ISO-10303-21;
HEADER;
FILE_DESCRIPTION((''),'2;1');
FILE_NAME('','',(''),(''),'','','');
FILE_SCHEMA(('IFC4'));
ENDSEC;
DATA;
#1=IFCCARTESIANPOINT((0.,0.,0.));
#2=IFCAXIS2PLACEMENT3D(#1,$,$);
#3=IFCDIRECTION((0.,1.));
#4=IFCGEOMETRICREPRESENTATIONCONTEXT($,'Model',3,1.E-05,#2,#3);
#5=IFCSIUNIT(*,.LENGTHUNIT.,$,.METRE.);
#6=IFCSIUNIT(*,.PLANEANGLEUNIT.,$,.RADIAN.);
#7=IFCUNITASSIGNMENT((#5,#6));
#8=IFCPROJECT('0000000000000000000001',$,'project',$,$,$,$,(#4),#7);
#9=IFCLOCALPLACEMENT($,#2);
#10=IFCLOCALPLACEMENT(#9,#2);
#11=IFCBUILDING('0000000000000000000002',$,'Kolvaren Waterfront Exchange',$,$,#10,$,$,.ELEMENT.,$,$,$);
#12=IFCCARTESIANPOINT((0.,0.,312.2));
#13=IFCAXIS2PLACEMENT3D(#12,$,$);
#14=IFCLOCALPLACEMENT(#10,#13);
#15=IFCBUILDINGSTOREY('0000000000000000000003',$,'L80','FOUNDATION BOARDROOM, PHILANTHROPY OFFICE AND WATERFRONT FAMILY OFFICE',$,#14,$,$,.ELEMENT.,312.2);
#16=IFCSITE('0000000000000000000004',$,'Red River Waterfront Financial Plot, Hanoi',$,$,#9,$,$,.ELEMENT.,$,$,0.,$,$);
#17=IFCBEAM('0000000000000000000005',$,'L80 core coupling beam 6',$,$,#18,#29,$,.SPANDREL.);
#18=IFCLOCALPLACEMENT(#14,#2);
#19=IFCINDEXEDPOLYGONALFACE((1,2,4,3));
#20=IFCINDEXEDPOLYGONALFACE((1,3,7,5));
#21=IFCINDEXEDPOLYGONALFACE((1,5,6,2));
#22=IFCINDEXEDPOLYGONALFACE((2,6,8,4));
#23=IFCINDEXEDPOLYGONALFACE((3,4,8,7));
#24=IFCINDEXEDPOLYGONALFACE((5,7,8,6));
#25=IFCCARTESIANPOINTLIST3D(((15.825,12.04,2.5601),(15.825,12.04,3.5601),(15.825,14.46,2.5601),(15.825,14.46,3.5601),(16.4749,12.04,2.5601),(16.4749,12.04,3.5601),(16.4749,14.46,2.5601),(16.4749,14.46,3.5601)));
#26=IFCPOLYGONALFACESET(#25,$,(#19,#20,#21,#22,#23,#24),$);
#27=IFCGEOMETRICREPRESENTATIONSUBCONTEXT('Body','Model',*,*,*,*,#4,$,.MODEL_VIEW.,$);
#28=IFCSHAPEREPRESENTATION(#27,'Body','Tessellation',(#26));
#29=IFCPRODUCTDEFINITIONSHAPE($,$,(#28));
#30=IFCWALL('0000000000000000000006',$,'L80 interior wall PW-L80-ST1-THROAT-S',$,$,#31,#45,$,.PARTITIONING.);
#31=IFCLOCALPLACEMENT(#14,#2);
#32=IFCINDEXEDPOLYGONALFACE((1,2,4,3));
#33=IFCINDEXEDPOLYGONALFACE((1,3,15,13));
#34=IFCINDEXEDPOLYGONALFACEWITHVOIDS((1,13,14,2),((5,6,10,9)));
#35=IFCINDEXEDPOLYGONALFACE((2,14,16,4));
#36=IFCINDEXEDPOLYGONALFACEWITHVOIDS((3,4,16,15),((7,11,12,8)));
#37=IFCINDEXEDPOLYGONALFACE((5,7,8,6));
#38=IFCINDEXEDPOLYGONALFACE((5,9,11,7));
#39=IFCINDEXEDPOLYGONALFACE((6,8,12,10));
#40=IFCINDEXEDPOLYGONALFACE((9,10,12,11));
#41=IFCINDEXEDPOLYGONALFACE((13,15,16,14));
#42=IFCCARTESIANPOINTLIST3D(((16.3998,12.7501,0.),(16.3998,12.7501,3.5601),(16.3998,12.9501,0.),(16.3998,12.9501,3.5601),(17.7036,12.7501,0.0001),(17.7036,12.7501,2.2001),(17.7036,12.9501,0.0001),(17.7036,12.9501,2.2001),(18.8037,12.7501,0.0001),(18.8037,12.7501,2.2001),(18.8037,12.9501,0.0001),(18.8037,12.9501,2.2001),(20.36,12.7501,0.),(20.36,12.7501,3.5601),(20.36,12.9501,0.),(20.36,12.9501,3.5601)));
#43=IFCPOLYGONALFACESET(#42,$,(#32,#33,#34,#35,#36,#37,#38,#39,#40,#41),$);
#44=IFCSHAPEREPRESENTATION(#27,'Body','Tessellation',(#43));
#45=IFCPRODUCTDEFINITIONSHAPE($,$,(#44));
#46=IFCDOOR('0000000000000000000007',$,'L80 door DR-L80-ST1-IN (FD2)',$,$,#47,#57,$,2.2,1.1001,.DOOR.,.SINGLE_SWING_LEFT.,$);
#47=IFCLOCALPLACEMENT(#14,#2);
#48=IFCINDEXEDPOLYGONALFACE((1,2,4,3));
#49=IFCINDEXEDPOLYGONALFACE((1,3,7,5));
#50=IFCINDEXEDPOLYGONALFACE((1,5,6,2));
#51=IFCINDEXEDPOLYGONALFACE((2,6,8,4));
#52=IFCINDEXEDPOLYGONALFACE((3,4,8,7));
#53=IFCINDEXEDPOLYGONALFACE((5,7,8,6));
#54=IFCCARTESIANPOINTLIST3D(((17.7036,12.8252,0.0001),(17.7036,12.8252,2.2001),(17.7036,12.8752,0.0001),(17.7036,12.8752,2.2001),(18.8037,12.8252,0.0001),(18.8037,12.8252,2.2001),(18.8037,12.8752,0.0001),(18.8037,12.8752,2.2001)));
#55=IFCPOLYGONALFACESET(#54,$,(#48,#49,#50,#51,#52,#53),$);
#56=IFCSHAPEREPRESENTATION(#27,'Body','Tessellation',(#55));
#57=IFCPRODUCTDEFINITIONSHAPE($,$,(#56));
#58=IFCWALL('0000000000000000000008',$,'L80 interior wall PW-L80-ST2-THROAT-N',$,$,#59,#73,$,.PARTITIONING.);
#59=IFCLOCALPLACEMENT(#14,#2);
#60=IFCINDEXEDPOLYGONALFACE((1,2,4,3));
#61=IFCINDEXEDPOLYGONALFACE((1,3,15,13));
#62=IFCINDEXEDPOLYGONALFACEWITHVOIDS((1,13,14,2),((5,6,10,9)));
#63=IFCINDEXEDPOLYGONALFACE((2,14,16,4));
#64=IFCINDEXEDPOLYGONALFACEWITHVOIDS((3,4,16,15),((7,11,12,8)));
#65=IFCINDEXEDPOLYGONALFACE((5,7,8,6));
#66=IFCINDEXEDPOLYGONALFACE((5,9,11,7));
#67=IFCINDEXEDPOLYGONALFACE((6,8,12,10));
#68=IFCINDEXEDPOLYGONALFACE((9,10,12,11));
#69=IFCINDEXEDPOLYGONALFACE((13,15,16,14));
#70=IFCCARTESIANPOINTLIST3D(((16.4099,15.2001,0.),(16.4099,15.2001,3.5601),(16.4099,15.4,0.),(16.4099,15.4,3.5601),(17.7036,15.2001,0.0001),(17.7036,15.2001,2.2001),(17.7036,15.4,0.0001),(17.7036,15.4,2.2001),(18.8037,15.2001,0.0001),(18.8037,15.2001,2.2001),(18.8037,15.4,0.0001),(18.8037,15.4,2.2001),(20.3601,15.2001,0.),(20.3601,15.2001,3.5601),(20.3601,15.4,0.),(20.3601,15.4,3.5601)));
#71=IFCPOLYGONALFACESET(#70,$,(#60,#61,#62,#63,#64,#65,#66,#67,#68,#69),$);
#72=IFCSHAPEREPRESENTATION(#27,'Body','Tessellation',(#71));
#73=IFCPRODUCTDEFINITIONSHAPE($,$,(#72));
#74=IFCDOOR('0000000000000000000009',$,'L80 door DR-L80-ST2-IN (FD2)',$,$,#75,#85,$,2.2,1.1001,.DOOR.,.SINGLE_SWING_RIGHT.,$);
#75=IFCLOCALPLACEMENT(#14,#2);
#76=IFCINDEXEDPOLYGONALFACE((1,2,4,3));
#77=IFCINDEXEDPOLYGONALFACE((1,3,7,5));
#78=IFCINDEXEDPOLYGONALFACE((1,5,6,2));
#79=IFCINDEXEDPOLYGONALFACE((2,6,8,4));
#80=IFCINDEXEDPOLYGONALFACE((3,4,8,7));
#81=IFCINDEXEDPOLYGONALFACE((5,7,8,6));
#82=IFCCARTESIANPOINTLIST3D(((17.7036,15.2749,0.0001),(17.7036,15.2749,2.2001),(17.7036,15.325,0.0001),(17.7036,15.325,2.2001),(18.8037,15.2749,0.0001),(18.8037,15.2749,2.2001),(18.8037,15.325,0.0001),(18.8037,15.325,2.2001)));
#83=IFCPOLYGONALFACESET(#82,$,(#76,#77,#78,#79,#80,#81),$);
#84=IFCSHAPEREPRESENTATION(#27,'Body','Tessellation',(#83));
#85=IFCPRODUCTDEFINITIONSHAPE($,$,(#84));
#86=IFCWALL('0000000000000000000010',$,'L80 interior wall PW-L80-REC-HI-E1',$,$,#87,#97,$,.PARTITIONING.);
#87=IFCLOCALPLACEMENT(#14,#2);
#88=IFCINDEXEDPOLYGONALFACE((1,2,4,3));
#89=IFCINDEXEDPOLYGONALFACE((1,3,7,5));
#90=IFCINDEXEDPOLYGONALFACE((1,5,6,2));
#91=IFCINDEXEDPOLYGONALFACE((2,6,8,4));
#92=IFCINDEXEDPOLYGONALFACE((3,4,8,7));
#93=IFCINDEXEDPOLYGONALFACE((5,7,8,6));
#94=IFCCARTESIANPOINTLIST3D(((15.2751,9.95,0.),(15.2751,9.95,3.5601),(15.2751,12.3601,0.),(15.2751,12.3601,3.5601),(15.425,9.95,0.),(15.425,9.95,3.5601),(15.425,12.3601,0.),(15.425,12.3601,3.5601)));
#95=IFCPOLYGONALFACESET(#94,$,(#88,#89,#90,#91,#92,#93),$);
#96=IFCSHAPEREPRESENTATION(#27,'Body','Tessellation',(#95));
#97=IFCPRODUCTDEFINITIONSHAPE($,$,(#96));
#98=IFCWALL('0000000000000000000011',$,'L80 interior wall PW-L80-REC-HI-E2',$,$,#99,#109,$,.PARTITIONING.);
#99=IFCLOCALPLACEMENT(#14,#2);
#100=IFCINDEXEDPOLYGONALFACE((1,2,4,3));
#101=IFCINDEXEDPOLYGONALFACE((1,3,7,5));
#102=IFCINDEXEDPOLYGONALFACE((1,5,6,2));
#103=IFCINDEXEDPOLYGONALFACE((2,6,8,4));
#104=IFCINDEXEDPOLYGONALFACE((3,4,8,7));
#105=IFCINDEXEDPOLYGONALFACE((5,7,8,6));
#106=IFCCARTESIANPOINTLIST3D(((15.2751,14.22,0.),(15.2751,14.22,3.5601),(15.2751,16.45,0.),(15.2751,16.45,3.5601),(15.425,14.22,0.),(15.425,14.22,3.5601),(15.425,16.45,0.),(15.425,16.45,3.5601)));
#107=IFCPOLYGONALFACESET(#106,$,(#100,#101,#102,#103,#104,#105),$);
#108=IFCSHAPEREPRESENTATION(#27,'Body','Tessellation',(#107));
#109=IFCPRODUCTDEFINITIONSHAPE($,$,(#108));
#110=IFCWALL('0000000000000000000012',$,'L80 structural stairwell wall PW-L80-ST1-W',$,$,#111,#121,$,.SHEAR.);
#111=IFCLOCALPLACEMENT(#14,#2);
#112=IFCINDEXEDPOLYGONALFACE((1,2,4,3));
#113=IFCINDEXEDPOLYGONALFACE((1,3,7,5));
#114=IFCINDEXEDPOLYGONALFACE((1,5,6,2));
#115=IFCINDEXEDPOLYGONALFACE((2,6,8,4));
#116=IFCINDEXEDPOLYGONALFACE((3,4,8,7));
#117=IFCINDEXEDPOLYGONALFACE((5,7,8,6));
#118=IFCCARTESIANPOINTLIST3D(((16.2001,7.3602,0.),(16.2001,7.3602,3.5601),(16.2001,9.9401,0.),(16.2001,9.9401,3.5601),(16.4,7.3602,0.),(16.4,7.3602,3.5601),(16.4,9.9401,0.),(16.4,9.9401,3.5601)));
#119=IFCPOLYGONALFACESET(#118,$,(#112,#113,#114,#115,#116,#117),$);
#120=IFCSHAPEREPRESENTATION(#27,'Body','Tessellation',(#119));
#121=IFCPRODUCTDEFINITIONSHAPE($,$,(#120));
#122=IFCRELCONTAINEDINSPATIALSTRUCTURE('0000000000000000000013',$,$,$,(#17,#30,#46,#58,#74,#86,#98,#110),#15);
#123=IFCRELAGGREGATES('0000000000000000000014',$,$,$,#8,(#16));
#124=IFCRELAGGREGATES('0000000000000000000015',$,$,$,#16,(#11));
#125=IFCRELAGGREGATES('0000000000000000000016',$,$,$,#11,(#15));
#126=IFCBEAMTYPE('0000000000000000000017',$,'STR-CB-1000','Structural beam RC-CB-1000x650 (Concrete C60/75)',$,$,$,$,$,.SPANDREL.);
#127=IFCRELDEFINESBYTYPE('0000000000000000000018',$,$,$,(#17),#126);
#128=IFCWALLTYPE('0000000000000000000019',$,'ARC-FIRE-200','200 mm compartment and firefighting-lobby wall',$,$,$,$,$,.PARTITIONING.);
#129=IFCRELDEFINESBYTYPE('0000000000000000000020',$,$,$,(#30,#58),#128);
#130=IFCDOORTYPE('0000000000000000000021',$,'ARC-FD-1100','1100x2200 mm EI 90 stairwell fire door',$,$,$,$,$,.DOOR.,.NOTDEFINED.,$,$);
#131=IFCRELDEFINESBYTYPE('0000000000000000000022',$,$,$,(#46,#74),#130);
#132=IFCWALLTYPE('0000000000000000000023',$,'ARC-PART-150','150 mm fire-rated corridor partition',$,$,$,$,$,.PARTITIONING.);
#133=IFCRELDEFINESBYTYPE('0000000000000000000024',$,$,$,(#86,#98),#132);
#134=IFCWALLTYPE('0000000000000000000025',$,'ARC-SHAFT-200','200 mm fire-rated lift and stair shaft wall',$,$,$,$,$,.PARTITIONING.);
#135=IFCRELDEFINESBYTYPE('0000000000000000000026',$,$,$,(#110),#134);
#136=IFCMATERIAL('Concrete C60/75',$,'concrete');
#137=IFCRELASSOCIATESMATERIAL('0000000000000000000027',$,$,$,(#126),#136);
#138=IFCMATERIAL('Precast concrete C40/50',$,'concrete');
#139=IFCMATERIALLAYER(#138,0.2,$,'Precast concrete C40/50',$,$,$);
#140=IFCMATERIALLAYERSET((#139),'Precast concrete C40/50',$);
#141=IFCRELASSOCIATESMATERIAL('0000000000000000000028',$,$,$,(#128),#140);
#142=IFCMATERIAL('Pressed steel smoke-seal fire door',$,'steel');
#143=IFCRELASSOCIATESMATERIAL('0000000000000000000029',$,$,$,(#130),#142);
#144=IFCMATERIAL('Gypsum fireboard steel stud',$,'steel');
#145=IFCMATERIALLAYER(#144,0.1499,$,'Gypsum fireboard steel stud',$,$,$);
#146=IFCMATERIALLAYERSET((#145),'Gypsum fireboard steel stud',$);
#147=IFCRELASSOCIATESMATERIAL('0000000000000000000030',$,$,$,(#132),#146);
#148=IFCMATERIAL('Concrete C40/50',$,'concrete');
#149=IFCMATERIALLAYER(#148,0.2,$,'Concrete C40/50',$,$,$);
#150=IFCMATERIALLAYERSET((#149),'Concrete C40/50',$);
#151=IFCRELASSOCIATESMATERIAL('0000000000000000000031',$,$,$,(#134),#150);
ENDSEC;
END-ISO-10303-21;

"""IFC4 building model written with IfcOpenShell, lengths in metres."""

from ifc_helpers import new_model, si_unit, direction, frame, frame_2d, origin, origin_2d, place, context, subcontext, project, spatial, rectangle, extrude, material, layer, layer_set, material_profile, profile_set, type_object, element, fill, save


model = new_model("IFC4")

# Units and contexts
model_context = context("Model", 3, precision=1e-05, world=origin(), true_north=direction((0.0, 1.0)))
body_context = subcontext(model_context, "Body", "Model", "MODEL_VIEW")
ifc_project = project(units=[si_unit("LENGTHUNIT", "METRE"), si_unit("PLANEANGLEUNIT", "RADIAN")], contexts=[model_context])

# Site, building, storey
site_placement = place(None, origin())
site = spatial("IfcSite", under=ifc_project, at=site_placement, Name="Red River Waterfront Financial Plot, Hanoi", CompositionType="ELEMENT", RefElevation=0.0)
building_placement = place(site_placement, origin())
building = spatial("IfcBuilding", under=site, at=building_placement, Name="Kolvaren Waterfront Exchange", CompositionType="ELEMENT")
storey_placement = place(building_placement, frame((0.0, 0.0, 312.2)))
storey = spatial("IfcBuildingStorey", under=building, at=storey_placement, Name="L80", Description="FOUNDATION BOARDROOM, PHILANTHROPY OFFICE AND WATERFRONT FAMILY OFFICE", CompositionType="ELEMENT", Elevation=312.2)

# Beam
ifc_material_1 = material(Name="Concrete C60/75", Category="concrete")
ifc_material_profile = material_profile(ifc_material_1, rectangle(XDim=0.6499, YDim=1.0, at=origin_2d()), Name="RC-CB-1000x650")
ifc_profile_set = profile_set([ifc_material_profile], Name="Concrete C60/75")
beam_type = type_object("IfcBeamType", Name="STR-CB-1000", Description="Structural beam RC-CB-1000x650 (Concrete C60/75)", PredefinedType="SPANDREL", material=ifc_profile_set)
beam_placement = place(storey_placement, frame((16.1499, 12.04, 3.0601), z_axis=(0.0, 1.0, 0.0), x_axis=(-1.0, 0.0, 0.0)))
element("IfcBeam", 1, at=beam_placement, inside=storey, type_object=beam_type, Name="L80 core coupling beam 6", PredefinedType="SPANDREL", context=body_context, shape_type="SweptSolid", body=[
    extrude(rectangle(XDim=0.6499, YDim=1.0, at=origin_2d()), origin(), (0.0, 0.0, 1.0), 2.4199),
])

# Walls, openings, doors
ifc_material_2 = material(Name="Precast concrete C40/50", Category="concrete")
ifc_layer_1 = layer(ifc_material_2, 0.2, Name="Precast concrete C40/50")
ifc_layer_set_1 = layer_set([ifc_layer_1], Name="Precast concrete C40/50")
wall_type_1 = type_object("IfcWallType", Name="ARC-FIRE-200", Description="200 mm compartment and firefighting-lobby wall", PredefinedType="PARTITIONING", material=ifc_layer_set_1)
wall_1_placement = place(storey_placement, frame((16.3999, 12.8501, 0.0), z_axis=(0.0, 0.0, 1.0), x_axis=(1.0, 0.0, 0.0)))
wall_1 = element("IfcWall", 2, at=wall_1_placement, inside=storey, type_object=wall_type_1, Name="L80 interior wall PW-L80-ST1-THROAT-S", PredefinedType="PARTITIONING", context=body_context, shape_type="SweptSolid", body=[
    extrude(rectangle(XDim=3.9602, YDim=0.2, at=frame_2d((1.98, 0.0))), origin(), (0.0, 0.0, 1.0), 3.5601),
])
opening_1_placement = place(wall_1_placement, frame((1.3037, 0.0, 0.0)))
opening_1 = element("IfcOpeningElement", 3, at=opening_1_placement, cuts=wall_1, PredefinedType="OPENING", context=body_context, shape_type="SweptSolid", body=[
    extrude(rectangle(XDim=1.1001, YDim=2.2, at=frame_2d((0.55, 1.1001))), frame((0.0, 0.1099, 0.0), z_axis=(0.0, -1.0, 0.0), x_axis=(1.0, 0.0, 0.0)), (0.0, 0.0, 1.0), 0.22),
])
ifc_material_3 = material(Name="Pressed steel smoke-seal fire door", Category="steel")
door_type_1 = type_object("IfcDoorType", Name="ARC-FD-1100", Description="1100x2200 mm EI 90 stairwell fire door", OperationType="NOTDEFINED", PredefinedType="DOOR", material=ifc_material_3)
door_1_placement = place(opening_1_placement, frame((1.1001, 0.0, 0.0), z_axis=(0.0, 0.0, 1.0), x_axis=(-1.0, 0.0, 0.0)))
door_1 = element("IfcDoor", 4, at=door_1_placement, inside=storey, type_object=door_type_1, Name="L80 door DR-L80-ST1-IN (FD2)", OperationType="SINGLE_SWING_LEFT", OverallHeight=2.2, OverallWidth=1.1001, PredefinedType="DOOR", context=body_context, shape_type="SweptSolid", body=[
    extrude(rectangle(XDim=1.1001, YDim=2.2, at=frame_2d((0.55, 1.1001))), frame((0.0, 0.0249, 0.0), z_axis=(0.0, -1.0, 0.0), x_axis=(1.0, 0.0, 0.0)), (0.0, 0.0, 1.0), 0.05),
])
fill(opening_1, door_1)
wall_2_placement = place(storey_placement, frame((16.4099, 15.3, 0.0), z_axis=(0.0, 0.0, 1.0), x_axis=(1.0, 0.0, 0.0)))
wall_2 = element("IfcWall", 5, at=wall_2_placement, inside=storey, type_object=wall_type_1, Name="L80 interior wall PW-L80-ST2-THROAT-N", PredefinedType="PARTITIONING", context=body_context, shape_type="SweptSolid", body=[
    extrude(rectangle(XDim=3.9502, YDim=0.2, at=frame_2d((1.9751, 0.0))), origin(), (0.0, 0.0, 1.0), 3.5601),
])
opening_2_placement = place(wall_2_placement, frame((1.2937, 0.0, 0.0)))
opening_2 = element("IfcOpeningElement", 6, at=opening_2_placement, cuts=wall_2, PredefinedType="OPENING", context=body_context, shape_type="SweptSolid", body=[
    extrude(rectangle(XDim=1.1001, YDim=2.2, at=frame_2d((0.55, 1.1001))), frame((0.0, 0.1099, 0.0), z_axis=(0.0, -1.0, 0.0), x_axis=(1.0, 0.0, 0.0)), (0.0, 0.0, 1.0), 0.22),
])
door_2_placement = place(opening_2_placement, origin())
door_2 = element("IfcDoor", 7, at=door_2_placement, inside=storey, type_object=door_type_1, Name="L80 door DR-L80-ST2-IN (FD2)", OperationType="SINGLE_SWING_RIGHT", OverallHeight=2.2, OverallWidth=1.1001, PredefinedType="DOOR", context=body_context, shape_type="SweptSolid", body=[
    extrude(rectangle(XDim=1.1001, YDim=2.2, at=frame_2d((0.55, 1.1001))), frame((0.0, 0.0249, 0.0), z_axis=(0.0, -1.0, 0.0), x_axis=(1.0, 0.0, 0.0)), (0.0, 0.0, 1.0), 0.05),
])
fill(opening_2, door_2)

# Walls
ifc_material_4 = material(Name="Gypsum fireboard steel stud", Category="steel")
ifc_layer_2 = layer(ifc_material_4, 0.1499, Name="Gypsum fireboard steel stud")
ifc_layer_set_2 = layer_set([ifc_layer_2], Name="Gypsum fireboard steel stud")
wall_type_2 = type_object("IfcWallType", Name="ARC-PART-150", Description="150 mm fire-rated corridor partition", PredefinedType="PARTITIONING", material=ifc_layer_set_2)
wall_3_placement = place(storey_placement, frame((15.3501, 9.95, 0.0), z_axis=(0.0, 0.0, 1.0), x_axis=(0.0, 1.0, 0.0)))
element("IfcWall", 8, at=wall_3_placement, inside=storey, type_object=wall_type_2, Name="L80 interior wall PW-L80-REC-HI-E1", PredefinedType="PARTITIONING", context=body_context, shape_type="SweptSolid", body=[
    extrude(rectangle(XDim=2.4102, YDim=0.1499, at=frame_2d((1.2051, 0.0))), origin(), (0.0, 0.0, 1.0), 3.5601),
])
wall_4_placement = place(storey_placement, frame((15.3501, 14.22, 0.0), z_axis=(0.0, 0.0, 1.0), x_axis=(0.0, 1.0, 0.0)))
element("IfcWall", 9, at=wall_4_placement, inside=storey, type_object=wall_type_2, Name="L80 interior wall PW-L80-REC-HI-E2", PredefinedType="PARTITIONING", context=body_context, shape_type="SweptSolid", body=[
    extrude(rectangle(XDim=2.23, YDim=0.1499, at=frame_2d((1.115, 0.0))), origin(), (0.0, 0.0, 1.0), 3.5601),
])
ifc_material_5 = material(Name="Concrete C40/50", Category="concrete")
ifc_layer_3 = layer(ifc_material_5, 0.2, Name="Concrete C40/50")
ifc_layer_set_3 = layer_set([ifc_layer_3], Name="Concrete C40/50")
wall_type_3 = type_object("IfcWallType", Name="ARC-SHAFT-200", Description="200 mm fire-rated lift and stair shaft wall", PredefinedType="PARTITIONING", material=ifc_layer_set_3)
wall_5_placement = place(storey_placement, frame((16.3, 7.3601, 0.0), z_axis=(0.0, 0.0, 1.0), x_axis=(0.0, 1.0, 0.0)))
element("IfcWall", 10, at=wall_5_placement, inside=storey, type_object=wall_type_3, Name="L80 structural stairwell wall PW-L80-ST1-W", PredefinedType="SHEAR", context=body_context, shape_type="SweptSolid", body=[
    extrude(rectangle(XDim=2.5798, YDim=0.2, at=frame_2d((1.29, 0.0))), origin(), (0.0, 0.0, 1.0), 3.5601),
])

save(model, "model.ifc")
